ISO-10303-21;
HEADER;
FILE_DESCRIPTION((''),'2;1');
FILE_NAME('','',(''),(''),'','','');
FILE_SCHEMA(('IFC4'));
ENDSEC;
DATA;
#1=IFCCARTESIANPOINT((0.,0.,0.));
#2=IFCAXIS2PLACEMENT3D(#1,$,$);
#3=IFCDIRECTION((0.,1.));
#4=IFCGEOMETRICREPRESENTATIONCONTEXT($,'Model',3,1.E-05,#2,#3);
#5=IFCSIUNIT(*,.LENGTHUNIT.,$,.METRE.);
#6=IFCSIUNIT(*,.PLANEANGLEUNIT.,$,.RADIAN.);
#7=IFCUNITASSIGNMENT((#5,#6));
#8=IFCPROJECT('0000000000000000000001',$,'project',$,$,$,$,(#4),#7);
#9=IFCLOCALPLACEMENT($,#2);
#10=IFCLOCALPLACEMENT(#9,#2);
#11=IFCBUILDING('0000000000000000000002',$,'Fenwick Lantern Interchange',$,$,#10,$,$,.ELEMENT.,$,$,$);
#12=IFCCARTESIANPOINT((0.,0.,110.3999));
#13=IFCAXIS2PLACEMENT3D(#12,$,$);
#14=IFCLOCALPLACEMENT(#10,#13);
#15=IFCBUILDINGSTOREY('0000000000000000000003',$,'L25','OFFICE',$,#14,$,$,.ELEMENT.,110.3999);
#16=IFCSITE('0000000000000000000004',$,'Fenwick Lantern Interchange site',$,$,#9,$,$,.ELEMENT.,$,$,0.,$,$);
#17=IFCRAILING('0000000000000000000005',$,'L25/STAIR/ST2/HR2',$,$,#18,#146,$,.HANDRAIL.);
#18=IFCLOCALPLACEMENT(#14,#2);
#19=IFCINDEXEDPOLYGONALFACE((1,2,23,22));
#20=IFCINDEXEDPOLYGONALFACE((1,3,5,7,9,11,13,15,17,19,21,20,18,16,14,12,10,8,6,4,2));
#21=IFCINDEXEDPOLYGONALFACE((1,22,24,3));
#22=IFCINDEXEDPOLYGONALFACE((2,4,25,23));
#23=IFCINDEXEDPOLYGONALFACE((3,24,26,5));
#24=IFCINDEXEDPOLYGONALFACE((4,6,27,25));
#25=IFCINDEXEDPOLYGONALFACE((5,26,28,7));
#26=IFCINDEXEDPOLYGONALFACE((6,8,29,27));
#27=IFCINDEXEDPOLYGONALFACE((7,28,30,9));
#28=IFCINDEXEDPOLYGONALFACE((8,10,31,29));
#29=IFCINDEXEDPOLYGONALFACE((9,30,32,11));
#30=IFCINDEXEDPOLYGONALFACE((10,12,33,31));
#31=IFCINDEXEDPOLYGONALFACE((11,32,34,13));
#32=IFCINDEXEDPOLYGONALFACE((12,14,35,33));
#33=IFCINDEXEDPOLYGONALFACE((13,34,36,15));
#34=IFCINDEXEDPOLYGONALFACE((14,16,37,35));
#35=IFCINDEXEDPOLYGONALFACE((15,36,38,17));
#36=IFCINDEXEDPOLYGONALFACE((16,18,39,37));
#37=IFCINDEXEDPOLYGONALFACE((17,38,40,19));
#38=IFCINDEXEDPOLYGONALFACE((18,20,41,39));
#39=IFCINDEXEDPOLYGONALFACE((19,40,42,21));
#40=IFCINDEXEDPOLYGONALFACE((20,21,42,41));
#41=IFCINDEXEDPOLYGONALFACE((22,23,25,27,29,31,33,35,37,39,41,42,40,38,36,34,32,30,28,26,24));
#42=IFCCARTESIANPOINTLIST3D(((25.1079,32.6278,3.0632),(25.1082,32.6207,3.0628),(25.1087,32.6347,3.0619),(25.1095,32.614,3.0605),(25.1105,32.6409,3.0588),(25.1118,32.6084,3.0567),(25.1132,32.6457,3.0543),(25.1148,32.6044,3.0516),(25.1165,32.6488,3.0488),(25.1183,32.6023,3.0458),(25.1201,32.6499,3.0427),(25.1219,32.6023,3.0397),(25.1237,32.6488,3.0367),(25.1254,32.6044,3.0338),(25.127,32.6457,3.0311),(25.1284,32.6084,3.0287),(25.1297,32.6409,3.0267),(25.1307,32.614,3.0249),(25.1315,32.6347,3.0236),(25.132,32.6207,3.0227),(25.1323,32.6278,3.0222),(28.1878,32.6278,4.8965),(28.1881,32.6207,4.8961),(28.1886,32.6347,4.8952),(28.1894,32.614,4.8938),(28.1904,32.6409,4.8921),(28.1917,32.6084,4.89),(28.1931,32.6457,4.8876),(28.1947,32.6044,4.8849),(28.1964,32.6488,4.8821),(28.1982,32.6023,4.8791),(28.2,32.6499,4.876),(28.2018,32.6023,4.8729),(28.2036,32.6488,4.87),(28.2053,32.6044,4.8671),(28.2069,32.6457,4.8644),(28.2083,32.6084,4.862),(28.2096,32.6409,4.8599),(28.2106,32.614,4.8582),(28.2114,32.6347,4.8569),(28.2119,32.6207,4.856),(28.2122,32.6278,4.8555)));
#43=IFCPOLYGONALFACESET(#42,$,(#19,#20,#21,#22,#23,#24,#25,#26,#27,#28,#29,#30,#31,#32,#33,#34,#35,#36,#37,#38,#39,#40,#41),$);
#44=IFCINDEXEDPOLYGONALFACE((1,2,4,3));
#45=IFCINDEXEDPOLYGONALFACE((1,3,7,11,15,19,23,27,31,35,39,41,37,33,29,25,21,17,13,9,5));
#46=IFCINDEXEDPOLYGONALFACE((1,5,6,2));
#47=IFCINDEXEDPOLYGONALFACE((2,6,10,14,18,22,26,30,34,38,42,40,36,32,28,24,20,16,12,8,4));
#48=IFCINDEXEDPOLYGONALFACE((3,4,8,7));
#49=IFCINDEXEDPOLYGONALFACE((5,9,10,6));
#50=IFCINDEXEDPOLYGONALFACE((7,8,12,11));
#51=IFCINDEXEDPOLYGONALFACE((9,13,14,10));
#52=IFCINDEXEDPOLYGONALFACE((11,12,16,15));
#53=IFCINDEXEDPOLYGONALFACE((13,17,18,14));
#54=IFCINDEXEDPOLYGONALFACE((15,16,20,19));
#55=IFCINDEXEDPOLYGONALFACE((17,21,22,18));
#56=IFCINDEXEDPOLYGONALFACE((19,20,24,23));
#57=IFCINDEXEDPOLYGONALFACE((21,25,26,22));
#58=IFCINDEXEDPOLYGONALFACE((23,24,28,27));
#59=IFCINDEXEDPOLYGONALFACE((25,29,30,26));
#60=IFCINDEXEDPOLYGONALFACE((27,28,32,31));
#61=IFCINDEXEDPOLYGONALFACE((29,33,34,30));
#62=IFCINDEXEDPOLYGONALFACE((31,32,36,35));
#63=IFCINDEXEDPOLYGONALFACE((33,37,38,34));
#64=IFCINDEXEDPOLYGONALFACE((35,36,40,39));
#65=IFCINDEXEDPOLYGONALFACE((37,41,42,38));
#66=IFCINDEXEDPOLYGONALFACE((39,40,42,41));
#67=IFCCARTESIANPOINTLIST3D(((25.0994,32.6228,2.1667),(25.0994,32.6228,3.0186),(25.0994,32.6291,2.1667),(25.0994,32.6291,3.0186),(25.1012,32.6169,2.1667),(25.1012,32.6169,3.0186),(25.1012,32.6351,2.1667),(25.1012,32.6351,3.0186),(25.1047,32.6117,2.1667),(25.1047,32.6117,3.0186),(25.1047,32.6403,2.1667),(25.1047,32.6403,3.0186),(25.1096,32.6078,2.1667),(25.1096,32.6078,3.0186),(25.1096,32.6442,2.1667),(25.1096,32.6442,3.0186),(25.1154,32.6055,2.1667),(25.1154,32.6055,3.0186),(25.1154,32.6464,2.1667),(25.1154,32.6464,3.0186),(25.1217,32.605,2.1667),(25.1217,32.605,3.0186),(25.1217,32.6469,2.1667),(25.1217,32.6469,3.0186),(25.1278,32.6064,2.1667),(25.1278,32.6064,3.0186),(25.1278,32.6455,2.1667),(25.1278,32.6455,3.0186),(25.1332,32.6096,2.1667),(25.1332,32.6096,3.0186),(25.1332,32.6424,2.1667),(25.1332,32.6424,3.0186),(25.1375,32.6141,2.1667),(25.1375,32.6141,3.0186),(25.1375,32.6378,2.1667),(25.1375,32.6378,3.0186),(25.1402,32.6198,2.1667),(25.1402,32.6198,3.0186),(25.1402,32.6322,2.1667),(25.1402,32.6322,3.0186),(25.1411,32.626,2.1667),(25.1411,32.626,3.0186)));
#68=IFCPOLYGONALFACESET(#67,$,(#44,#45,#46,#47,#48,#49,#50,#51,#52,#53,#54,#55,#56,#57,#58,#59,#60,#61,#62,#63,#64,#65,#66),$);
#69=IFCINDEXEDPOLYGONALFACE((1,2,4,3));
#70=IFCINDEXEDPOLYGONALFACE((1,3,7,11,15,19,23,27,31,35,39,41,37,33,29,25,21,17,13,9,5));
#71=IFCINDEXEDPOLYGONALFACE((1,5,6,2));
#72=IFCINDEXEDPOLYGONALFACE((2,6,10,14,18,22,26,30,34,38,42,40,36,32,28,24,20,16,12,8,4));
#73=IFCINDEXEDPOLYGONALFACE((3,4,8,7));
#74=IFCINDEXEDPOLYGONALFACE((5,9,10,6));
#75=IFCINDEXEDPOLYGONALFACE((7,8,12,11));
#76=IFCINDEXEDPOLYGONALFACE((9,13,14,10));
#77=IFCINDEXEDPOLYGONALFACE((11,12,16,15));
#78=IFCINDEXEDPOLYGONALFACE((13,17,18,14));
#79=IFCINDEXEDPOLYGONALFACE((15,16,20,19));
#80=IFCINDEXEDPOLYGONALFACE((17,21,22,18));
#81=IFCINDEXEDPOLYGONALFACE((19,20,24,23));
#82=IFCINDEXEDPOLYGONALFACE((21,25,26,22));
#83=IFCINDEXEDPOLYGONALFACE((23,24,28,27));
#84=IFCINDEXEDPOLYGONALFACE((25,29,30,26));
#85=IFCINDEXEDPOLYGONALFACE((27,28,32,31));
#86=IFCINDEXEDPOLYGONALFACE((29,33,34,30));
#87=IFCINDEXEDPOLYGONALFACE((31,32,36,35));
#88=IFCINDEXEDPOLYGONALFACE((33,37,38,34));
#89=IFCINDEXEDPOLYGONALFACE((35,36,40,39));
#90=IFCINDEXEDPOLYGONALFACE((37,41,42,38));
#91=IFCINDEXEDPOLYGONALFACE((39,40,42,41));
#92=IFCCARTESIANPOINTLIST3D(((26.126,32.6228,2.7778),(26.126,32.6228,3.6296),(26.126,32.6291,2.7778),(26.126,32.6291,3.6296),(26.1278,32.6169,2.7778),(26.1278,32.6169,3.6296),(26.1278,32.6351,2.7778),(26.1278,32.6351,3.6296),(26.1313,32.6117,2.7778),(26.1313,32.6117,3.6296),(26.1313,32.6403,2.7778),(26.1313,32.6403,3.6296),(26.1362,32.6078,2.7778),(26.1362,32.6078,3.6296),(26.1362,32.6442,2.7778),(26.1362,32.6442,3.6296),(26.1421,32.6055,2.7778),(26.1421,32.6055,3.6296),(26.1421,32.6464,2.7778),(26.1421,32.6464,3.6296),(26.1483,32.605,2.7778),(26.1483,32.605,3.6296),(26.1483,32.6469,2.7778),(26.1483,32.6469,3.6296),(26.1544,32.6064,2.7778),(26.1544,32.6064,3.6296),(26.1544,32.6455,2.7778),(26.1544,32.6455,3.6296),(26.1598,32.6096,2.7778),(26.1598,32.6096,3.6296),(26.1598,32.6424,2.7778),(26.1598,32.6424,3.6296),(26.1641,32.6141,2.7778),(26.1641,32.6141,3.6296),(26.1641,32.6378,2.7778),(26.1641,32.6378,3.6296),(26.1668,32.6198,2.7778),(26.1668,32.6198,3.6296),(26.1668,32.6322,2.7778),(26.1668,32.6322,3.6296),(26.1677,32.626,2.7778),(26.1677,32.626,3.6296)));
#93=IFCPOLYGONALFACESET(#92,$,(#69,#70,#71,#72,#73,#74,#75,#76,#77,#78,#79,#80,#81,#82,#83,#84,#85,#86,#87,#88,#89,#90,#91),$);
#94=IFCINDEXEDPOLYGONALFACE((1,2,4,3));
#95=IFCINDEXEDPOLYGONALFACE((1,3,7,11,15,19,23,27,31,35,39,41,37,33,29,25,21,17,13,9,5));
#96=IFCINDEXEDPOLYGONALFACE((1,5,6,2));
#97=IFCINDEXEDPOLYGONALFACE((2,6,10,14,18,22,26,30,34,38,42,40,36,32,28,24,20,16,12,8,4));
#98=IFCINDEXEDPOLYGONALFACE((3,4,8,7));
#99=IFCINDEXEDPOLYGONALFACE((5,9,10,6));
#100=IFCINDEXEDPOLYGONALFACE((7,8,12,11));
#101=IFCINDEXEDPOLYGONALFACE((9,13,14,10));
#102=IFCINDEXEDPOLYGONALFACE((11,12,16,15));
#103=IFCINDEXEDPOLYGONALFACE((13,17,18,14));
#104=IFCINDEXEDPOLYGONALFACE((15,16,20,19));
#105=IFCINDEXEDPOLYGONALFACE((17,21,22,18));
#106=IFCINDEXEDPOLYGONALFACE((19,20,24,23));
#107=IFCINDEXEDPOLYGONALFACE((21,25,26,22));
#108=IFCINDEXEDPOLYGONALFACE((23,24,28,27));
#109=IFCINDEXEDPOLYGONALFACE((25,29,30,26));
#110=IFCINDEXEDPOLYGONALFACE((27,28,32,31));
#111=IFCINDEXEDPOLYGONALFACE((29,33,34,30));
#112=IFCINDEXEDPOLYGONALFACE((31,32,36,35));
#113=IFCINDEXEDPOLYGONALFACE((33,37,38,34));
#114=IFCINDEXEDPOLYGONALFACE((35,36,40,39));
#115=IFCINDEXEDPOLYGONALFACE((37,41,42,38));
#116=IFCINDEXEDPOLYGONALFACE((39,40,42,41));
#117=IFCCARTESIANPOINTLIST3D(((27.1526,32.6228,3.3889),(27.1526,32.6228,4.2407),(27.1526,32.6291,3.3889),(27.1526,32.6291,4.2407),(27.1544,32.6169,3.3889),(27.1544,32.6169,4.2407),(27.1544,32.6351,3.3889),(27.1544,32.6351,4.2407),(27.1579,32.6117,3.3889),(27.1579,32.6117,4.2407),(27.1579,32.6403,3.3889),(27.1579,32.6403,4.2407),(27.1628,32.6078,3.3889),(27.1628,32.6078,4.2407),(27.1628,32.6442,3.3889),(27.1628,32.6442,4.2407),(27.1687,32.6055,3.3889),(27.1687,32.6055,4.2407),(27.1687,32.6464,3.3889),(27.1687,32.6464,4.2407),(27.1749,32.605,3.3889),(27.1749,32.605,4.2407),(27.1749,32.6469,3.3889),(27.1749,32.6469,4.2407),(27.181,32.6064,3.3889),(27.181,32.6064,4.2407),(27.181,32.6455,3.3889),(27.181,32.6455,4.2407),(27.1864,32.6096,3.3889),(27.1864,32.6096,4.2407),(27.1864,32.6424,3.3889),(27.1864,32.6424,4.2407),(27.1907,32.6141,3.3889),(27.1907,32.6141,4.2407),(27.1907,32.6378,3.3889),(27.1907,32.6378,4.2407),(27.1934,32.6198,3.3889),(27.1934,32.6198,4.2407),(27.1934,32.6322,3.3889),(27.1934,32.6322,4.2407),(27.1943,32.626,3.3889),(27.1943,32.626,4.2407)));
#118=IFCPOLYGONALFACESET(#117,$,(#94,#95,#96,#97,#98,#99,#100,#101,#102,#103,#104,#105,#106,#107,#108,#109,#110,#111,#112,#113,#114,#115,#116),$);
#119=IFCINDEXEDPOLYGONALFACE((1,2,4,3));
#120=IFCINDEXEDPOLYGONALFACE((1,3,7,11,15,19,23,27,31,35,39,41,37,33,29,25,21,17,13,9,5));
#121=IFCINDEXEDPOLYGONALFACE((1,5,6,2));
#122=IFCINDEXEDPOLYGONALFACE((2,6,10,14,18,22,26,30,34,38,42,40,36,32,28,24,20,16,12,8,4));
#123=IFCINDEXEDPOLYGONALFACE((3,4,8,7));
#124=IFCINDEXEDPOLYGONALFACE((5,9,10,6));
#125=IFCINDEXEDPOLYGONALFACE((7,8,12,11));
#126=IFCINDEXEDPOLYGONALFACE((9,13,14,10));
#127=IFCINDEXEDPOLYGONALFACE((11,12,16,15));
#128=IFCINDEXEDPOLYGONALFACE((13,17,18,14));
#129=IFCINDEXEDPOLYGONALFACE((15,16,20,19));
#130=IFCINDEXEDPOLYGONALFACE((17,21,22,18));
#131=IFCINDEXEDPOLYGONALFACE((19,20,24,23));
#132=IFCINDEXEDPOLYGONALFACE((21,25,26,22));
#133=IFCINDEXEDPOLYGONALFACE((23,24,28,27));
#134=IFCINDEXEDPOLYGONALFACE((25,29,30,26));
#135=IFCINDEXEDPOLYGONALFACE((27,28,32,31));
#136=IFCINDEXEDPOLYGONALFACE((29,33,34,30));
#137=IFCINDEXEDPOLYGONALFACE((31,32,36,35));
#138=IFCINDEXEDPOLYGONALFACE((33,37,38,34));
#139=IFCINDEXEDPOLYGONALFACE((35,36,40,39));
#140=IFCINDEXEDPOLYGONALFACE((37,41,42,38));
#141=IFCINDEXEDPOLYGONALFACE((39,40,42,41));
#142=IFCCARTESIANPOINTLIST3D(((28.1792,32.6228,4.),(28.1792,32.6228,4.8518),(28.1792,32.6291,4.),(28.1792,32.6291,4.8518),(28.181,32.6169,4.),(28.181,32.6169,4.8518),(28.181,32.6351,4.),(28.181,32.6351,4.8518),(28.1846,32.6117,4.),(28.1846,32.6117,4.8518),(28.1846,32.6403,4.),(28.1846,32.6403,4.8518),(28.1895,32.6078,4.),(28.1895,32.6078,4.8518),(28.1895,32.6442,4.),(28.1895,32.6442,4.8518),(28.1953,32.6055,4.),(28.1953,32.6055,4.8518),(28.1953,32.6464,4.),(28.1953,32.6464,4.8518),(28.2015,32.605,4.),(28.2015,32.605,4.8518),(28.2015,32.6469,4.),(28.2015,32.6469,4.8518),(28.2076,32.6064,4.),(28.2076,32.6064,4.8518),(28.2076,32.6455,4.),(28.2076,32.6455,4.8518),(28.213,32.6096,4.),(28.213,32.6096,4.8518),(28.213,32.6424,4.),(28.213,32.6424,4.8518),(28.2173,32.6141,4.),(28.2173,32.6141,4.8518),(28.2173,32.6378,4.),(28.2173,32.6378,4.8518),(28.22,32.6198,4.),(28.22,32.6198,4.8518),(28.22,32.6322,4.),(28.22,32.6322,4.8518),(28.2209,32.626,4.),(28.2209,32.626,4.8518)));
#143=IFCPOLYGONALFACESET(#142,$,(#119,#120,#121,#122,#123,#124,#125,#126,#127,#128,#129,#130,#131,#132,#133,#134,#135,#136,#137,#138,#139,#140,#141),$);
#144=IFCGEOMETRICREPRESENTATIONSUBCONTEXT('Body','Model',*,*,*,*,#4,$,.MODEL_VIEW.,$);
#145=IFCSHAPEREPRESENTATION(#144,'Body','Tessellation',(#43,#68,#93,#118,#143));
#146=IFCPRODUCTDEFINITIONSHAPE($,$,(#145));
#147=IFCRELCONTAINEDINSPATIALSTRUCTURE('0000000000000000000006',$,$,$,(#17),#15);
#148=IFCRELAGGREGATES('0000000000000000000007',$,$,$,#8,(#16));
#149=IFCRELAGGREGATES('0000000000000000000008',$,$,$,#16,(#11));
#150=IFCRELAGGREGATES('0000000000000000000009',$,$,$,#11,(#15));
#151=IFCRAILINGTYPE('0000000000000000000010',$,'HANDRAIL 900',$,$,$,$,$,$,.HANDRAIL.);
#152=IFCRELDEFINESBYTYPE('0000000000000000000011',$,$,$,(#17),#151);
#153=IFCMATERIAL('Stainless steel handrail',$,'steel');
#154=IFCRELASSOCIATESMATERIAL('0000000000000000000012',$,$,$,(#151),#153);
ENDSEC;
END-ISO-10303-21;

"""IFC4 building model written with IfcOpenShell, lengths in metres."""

from ifc_helpers import new_model, si_unit, direction, frame, origin, origin_2d, place, context, subcontext, project, spatial, circle, extrude, material, type_object, element, save


model = new_model("IFC4")

# Units and contexts
model_context = context("Model", 3, precision=1e-05, world=origin(), true_north=direction((0.0, 1.0)))
body_context = subcontext(model_context, "Body", "Model", "MODEL_VIEW")
ifc_project = project(units=[si_unit("LENGTHUNIT", "METRE"), si_unit("PLANEANGLEUNIT", "RADIAN")], contexts=[model_context])

# Site, building, storey
site_placement = place(None, origin())
site = spatial("IfcSite", under=ifc_project, at=site_placement, Name="Fenwick Lantern Interchange site", CompositionType="ELEMENT", RefElevation=0.0)
building_placement = place(site_placement, origin())
building = spatial("IfcBuilding", under=site, at=building_placement, Name="Fenwick Lantern Interchange", CompositionType="ELEMENT")
storey_placement = place(building_placement, frame((0.0, 0.0, 110.3999)))
storey = spatial("IfcBuildingStorey", under=building, at=storey_placement, Name="L25", Description="OFFICE", CompositionType="ELEMENT", Elevation=110.3999)

# Railing
ifc_material_1 = material(Name="Stainless steel handrail", Category="steel")
railing_type = type_object("IfcRailingType", Name="HANDRAIL 900", PredefinedType="HANDRAIL", material=ifc_material_1)
railing_1_placement = place(storey_placement, frame((25.1201, 32.626, 2.1667)))
element("IfcRailing", 1, at=railing_1_placement, inside=storey, type_object=railing_type, Name="L25/STAIR/ST2/HR2", PredefinedType="HANDRAIL", context=body_context, shape_type="SweptSolid", body=[
    extrude(circle(Radius=0.0239, at=origin_2d()), frame((0.0, 0.0, 0.876), z_axis=(0.859291, 0.0, 0.511487), x_axis=(0.0, 1.0, 0.0)), (0.0, 0.0, 1.0), 3.5842),
    extrude(circle(Radius=0.021, at=origin_2d()), origin(), (0.0, 0.0, 1.0), 0.8518),
    extrude(circle(Radius=0.021, at=origin_2d()), frame((1.0266, 0.0, 0.6111)), (0.0, 0.0, 1.0), 0.8518),
    extrude(circle(Radius=0.021, at=origin_2d()), frame((2.0532, 0.0, 1.2222)), (0.0, 0.0, 1.0), 0.8518),
    extrude(circle(Radius=0.021, at=origin_2d()), frame((3.0798, 0.0, 1.8333)), (0.0, 0.0, 1.0), 0.8518),
])

save(model, "model.ifc")
